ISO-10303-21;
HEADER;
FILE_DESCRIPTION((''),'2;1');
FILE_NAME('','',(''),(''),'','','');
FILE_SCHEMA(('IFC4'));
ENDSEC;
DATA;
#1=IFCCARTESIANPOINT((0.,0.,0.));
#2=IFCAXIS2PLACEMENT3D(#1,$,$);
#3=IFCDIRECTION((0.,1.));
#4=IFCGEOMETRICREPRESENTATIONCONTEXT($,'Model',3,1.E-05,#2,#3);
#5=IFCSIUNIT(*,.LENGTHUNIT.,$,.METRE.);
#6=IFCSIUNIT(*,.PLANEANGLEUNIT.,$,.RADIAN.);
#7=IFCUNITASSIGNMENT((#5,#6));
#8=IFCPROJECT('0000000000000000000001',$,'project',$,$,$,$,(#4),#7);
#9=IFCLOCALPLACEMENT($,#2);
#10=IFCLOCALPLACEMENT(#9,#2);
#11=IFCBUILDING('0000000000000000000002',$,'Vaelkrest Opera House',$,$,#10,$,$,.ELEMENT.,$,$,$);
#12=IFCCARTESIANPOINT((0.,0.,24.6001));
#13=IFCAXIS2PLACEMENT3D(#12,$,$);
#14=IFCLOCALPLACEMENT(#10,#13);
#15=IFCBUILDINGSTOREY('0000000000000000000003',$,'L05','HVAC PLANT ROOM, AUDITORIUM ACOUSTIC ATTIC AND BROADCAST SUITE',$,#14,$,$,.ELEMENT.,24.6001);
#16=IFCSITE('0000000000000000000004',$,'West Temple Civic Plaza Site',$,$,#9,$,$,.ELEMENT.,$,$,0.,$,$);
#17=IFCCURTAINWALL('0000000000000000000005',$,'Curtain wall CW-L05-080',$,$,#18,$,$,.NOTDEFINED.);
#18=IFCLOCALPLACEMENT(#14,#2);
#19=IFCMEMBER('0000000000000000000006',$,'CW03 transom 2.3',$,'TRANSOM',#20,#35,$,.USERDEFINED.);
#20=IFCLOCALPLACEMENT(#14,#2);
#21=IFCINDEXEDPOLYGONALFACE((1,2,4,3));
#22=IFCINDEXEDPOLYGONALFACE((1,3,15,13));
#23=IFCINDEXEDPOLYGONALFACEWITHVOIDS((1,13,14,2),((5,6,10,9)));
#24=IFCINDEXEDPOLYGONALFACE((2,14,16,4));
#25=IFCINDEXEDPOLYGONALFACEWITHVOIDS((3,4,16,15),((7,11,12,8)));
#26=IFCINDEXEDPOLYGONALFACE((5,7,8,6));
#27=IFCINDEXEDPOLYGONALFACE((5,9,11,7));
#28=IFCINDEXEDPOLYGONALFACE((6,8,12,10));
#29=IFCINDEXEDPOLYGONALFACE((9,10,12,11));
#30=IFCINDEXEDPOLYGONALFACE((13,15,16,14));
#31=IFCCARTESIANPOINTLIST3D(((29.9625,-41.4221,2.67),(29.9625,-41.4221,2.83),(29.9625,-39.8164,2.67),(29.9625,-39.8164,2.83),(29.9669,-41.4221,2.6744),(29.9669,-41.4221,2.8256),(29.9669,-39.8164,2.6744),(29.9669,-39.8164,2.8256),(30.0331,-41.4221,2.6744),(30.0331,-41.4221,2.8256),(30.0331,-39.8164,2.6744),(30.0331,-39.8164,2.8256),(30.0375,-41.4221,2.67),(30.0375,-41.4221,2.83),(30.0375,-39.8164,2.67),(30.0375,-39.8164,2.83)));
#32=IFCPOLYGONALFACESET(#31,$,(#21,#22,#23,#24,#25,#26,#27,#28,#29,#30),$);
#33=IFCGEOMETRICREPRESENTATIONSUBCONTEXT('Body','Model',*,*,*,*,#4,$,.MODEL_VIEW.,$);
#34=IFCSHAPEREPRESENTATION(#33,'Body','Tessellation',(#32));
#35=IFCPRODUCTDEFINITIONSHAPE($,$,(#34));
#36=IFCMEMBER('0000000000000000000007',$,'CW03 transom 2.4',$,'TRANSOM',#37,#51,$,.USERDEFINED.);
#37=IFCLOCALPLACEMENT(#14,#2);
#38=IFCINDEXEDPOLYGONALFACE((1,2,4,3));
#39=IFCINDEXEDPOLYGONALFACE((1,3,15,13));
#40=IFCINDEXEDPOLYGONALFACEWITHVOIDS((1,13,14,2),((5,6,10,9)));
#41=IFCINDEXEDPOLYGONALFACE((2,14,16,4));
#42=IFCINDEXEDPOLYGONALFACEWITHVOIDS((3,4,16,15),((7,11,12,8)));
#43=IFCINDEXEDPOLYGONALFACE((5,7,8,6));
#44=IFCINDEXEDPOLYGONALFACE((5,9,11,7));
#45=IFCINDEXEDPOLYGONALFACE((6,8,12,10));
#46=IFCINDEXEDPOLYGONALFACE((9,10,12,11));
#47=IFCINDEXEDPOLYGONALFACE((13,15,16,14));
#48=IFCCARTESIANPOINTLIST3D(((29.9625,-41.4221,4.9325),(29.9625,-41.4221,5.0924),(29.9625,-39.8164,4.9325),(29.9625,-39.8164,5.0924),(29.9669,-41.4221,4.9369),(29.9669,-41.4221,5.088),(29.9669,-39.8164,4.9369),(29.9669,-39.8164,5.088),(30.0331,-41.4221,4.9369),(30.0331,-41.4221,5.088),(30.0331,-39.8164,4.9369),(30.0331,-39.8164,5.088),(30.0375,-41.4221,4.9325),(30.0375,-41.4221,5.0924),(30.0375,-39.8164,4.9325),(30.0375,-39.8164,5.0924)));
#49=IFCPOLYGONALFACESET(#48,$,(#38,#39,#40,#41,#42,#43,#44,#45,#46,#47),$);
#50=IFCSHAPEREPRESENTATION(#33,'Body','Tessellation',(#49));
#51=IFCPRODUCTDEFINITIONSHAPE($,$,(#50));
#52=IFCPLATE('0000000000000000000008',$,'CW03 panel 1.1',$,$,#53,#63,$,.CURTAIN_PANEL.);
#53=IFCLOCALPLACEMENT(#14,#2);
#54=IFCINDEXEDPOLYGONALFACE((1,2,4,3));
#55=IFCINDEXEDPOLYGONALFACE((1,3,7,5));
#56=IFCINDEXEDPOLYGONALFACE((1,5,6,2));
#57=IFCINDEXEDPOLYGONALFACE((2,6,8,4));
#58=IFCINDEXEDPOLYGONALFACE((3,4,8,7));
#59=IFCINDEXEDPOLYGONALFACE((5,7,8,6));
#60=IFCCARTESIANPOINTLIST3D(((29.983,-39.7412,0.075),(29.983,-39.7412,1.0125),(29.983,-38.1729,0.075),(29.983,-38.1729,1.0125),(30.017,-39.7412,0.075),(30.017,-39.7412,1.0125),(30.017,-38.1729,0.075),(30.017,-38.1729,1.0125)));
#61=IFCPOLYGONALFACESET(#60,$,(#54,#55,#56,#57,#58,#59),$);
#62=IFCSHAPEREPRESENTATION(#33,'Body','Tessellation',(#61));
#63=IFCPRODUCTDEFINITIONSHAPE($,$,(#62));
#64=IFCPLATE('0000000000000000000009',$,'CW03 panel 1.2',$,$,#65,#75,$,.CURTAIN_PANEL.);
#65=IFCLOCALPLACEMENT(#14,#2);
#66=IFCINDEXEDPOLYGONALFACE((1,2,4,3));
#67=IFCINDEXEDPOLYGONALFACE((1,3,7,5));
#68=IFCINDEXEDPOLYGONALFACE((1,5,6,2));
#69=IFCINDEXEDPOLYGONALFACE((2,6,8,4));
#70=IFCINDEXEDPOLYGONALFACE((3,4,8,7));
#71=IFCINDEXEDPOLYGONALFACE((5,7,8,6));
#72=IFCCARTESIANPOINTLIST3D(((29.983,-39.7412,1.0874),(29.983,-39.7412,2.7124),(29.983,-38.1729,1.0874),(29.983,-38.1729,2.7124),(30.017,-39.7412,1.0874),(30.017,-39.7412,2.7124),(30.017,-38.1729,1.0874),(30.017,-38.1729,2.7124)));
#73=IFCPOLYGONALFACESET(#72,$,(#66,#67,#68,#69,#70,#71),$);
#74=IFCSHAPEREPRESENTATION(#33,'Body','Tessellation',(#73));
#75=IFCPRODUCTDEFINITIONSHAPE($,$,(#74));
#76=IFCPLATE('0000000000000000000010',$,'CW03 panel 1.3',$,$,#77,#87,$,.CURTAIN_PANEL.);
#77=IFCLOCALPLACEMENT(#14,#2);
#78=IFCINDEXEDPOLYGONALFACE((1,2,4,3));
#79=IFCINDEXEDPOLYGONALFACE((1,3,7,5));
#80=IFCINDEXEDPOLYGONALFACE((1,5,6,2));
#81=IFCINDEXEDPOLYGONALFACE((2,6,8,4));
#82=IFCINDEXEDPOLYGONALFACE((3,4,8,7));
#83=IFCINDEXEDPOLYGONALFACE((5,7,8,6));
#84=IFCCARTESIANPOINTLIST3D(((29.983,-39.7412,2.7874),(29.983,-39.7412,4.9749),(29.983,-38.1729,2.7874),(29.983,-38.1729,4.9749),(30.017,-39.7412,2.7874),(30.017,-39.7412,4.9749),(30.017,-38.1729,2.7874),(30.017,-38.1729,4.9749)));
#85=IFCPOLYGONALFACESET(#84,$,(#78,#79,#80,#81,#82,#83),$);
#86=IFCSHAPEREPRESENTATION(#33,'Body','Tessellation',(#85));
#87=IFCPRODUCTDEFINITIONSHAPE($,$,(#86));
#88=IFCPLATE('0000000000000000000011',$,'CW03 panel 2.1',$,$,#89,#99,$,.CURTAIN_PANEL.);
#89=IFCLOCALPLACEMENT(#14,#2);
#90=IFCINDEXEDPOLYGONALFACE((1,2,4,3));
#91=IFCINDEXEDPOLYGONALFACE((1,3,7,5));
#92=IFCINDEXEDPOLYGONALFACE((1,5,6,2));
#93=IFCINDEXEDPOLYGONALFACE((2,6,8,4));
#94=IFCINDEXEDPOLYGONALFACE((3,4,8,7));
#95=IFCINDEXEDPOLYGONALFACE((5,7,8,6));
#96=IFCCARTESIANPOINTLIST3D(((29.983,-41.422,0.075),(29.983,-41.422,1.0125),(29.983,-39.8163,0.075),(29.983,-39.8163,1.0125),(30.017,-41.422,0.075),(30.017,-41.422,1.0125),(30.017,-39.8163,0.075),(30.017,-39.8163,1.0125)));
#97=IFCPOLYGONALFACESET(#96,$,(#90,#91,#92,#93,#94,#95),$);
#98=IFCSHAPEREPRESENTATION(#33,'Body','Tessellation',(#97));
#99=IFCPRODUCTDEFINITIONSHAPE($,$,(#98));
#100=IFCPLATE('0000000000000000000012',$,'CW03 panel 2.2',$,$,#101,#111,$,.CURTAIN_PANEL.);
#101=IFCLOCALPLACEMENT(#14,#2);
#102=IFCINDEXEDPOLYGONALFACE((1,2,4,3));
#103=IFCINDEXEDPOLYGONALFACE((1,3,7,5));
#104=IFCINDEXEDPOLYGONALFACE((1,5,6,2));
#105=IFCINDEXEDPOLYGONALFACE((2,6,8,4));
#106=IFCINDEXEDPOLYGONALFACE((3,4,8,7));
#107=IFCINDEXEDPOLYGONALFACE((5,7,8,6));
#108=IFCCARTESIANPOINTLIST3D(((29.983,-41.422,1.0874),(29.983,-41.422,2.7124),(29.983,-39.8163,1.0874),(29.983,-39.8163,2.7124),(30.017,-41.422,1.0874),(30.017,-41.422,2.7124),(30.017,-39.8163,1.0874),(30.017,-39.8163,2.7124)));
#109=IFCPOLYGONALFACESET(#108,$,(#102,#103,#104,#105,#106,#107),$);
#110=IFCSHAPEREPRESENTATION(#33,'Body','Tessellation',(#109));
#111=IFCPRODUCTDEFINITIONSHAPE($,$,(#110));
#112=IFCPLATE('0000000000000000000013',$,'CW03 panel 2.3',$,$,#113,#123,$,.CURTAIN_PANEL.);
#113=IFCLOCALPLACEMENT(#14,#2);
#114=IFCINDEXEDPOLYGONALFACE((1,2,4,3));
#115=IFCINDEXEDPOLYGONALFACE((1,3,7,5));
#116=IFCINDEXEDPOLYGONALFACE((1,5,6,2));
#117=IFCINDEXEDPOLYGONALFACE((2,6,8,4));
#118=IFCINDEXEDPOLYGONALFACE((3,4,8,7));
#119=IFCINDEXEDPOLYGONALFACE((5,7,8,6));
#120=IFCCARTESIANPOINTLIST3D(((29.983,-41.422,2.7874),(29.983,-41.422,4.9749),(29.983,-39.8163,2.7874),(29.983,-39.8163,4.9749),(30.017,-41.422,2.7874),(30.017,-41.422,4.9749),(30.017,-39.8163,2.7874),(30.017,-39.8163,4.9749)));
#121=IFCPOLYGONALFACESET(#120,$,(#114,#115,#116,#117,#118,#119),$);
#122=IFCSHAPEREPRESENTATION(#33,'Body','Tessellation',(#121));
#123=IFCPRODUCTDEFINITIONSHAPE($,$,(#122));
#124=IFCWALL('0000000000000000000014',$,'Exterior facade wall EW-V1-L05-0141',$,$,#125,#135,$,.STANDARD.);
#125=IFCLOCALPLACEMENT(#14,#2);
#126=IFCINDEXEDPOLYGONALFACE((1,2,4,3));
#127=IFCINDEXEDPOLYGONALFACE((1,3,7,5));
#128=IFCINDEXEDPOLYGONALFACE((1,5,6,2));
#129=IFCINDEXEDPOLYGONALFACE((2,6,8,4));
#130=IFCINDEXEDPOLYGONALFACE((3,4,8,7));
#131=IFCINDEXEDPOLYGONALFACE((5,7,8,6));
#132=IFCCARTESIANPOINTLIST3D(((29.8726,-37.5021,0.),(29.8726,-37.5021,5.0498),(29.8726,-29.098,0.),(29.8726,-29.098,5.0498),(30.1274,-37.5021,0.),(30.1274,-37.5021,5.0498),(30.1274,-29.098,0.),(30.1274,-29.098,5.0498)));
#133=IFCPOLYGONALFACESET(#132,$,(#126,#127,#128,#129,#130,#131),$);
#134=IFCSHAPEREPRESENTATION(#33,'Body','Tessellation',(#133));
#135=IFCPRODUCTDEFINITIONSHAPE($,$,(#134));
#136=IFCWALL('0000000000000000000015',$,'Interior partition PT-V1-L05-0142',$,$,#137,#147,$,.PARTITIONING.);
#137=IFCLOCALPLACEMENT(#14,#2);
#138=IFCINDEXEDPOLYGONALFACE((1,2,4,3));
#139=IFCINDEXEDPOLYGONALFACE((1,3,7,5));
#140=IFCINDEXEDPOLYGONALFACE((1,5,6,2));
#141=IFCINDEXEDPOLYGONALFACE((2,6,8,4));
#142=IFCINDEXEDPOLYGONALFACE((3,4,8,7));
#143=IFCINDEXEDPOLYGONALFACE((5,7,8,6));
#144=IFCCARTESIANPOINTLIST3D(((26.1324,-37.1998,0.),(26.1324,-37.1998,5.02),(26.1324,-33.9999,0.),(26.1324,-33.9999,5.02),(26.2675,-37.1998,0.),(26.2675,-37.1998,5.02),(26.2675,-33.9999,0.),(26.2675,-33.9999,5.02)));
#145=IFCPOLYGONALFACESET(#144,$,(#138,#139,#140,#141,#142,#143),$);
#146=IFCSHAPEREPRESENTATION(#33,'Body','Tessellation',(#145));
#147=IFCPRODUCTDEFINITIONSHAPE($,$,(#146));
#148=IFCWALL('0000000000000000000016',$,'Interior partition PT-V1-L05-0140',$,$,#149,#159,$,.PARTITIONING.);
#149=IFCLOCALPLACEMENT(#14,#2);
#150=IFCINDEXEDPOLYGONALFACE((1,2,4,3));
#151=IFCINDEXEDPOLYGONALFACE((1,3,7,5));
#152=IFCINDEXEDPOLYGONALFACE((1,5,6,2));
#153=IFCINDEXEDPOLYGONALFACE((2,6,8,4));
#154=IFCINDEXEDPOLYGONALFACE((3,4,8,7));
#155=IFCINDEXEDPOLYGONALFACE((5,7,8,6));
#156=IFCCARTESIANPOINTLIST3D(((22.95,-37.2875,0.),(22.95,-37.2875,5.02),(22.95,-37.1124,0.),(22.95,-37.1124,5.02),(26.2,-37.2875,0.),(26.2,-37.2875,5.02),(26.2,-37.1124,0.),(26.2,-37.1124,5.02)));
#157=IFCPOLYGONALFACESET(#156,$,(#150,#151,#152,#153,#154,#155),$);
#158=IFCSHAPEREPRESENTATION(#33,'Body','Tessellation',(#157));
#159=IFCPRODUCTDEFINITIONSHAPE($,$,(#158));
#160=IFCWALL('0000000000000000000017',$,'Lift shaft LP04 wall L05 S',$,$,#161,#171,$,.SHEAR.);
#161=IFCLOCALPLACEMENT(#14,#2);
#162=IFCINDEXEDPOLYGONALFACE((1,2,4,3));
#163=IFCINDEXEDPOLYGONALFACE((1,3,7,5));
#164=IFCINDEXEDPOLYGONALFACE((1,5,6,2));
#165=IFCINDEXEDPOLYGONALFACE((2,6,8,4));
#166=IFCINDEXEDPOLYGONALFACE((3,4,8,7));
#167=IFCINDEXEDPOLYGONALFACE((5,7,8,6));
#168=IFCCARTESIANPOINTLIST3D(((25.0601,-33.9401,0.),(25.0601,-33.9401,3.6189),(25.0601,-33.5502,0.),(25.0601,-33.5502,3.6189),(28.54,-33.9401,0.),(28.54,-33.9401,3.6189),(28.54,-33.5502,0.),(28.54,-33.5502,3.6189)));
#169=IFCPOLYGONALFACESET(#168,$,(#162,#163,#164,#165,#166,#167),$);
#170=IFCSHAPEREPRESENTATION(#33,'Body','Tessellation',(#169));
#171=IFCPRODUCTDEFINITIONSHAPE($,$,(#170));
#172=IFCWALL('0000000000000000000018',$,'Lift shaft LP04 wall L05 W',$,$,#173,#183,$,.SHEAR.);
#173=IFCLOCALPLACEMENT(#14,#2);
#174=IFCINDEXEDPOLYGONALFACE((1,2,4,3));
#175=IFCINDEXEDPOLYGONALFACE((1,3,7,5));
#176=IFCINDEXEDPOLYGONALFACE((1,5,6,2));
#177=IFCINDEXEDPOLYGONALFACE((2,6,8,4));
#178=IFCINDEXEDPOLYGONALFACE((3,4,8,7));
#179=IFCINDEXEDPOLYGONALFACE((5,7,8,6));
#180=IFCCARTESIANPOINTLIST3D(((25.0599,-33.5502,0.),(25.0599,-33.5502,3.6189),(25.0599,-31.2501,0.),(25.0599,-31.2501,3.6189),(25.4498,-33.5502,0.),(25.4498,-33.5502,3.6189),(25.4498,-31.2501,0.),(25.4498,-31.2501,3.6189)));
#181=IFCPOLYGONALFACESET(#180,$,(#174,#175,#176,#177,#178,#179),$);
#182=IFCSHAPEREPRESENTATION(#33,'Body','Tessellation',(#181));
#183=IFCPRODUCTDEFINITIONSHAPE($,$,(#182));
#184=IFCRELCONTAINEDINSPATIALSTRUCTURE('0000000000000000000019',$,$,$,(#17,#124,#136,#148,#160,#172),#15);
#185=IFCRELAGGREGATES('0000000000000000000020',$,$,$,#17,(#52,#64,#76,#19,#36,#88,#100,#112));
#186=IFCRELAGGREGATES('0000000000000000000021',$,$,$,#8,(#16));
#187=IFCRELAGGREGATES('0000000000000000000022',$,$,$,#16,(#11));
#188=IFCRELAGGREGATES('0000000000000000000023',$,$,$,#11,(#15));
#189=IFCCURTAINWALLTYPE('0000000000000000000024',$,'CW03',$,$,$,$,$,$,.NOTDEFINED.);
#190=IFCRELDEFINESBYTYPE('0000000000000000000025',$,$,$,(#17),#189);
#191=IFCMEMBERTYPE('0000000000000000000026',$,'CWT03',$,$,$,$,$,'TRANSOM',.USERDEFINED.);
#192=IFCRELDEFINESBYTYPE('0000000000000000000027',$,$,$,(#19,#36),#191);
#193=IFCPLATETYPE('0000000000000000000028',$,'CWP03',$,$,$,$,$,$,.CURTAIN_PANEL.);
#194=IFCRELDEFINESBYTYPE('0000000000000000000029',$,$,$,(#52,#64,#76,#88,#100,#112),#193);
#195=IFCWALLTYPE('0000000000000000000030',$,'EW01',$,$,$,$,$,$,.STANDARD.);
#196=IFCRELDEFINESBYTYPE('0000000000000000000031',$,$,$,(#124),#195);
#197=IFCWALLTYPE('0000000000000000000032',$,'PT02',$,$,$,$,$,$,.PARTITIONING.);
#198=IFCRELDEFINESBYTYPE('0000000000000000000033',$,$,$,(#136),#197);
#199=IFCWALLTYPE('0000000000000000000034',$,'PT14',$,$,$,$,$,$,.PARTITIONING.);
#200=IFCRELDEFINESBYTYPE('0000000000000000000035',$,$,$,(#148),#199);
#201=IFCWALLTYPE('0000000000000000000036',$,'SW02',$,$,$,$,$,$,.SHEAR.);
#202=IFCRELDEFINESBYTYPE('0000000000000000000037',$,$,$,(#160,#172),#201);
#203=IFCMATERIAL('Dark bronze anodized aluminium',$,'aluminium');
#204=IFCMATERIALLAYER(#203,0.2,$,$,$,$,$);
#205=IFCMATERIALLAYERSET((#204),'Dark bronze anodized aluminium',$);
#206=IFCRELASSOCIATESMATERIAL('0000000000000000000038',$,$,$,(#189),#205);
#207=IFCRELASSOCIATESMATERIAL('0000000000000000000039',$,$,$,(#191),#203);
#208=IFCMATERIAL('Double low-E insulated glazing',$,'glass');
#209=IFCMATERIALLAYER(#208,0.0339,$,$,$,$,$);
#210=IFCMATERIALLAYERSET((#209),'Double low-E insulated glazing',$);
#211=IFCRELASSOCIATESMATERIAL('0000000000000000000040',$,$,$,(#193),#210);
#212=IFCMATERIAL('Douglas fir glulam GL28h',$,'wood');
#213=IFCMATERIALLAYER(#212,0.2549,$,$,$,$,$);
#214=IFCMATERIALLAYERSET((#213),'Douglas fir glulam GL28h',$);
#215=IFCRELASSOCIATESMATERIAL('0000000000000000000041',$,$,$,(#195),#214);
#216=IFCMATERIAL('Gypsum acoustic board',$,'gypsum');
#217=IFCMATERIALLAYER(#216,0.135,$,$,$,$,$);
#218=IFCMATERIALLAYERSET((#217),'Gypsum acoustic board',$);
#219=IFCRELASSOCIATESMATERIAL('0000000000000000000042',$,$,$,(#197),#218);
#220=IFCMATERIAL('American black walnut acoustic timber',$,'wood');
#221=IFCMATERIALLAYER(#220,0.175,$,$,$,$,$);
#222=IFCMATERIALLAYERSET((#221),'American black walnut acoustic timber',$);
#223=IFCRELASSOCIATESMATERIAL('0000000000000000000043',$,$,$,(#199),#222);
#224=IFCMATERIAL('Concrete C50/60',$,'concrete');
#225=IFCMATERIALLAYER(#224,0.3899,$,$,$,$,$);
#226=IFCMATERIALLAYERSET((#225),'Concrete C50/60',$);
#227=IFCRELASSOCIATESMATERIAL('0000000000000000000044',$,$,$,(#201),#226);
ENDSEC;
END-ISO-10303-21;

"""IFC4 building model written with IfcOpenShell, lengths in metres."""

from ifc_helpers import new_model, si_unit, direction, frame, frame_2d, origin, origin_2d, place, context, subcontext, project, spatial, rectangle, hollow_rectangle, extrude, material, layer, layer_set, material_profile, profile_set, type_object, element, aggregate, save


model = new_model("IFC4")

# Units and contexts
model_context = context("Model", 3, precision=1e-05, world=origin(), true_north=direction((0.0, 1.0)))
body_context = subcontext(model_context, "Body", "Model", "MODEL_VIEW")
ifc_project = project(units=[si_unit("LENGTHUNIT", "METRE"), si_unit("PLANEANGLEUNIT", "RADIAN")], contexts=[model_context])

# Site, building, storey
site_placement = place(None, origin())
site = spatial("IfcSite", under=ifc_project, at=site_placement, Name="West Temple Civic Plaza Site", CompositionType="ELEMENT", RefElevation=0.0)
building_placement = place(site_placement, origin())
building = spatial("IfcBuilding", under=site, at=building_placement, Name="Vaelkrest Opera House", CompositionType="ELEMENT")
storey_placement = place(building_placement, frame((0.0, 0.0, 24.6001)))
storey = spatial("IfcBuildingStorey", under=building, at=storey_placement, Name="L05", Description="HVAC PLANT ROOM, AUDITORIUM ACOUSTIC ATTIC AND BROADCAST SUITE", CompositionType="ELEMENT", Elevation=24.6001)

# Shared definitions
ifc_material_1 = material(Name="Concrete C50/60", Category="concrete")

# Curtain wall, members, plates
ifc_material_2 = material(Name="Dark bronze anodized aluminium", Category="aluminium")
ifc_layer_1 = layer(ifc_material_2, 0.2)
ifc_layer_set_1 = layer_set([ifc_layer_1], Name="Dark bronze anodized aluminium")
curtain_wall_type = type_object("IfcCurtainWallType", Name="CW03", PredefinedType="NOTDEFINED", material=ifc_layer_set_1)
curtain_wall_placement = place(storey_placement, origin())
curtain_wall = element("IfcCurtainWall", 1, at=curtain_wall_placement, inside=storey, type_object=curtain_wall_type, Name="Curtain wall CW-L05-080", PredefinedType="NOTDEFINED")
ifc_material_profile_1 = material_profile(ifc_material_2, hollow_rectangle(XDim=0.075, YDim=0.1599, WallThickness=0.0044, at=origin_2d()), Name="CWT75X160")
ifc_profile_set_1 = profile_set([ifc_material_profile_1], Name="Dark bronze anodized aluminium")
member_type_1 = type_object("IfcMemberType", Name="CWT03", ElementType="TRANSOM", PredefinedType="USERDEFINED", material=ifc_profile_set_1)
member_1_placement = place(storey_placement, frame((30.0, -39.8164, 2.75), z_axis=(0.0, -1.0, 0.0), x_axis=(1.0, 0.0, 0.0)))
member_1 = element("IfcMember", 2, at=member_1_placement, type_object=member_type_1, Name="CW03 transom 2.3", ObjectType="TRANSOM", PredefinedType="USERDEFINED", context=body_context, shape_type="SweptSolid", body=[
    extrude(hollow_rectangle(XDim=0.075, YDim=0.1599, WallThickness=0.0044, at=origin_2d()), origin(), (0.0, 0.0, 1.0), 1.6057),
])
member_2_placement = place(storey_placement, frame((30.0, -39.8164, 5.0125), z_axis=(0.0, -1.0, 0.0), x_axis=(1.0, 0.0, 0.0)))
member_2 = element("IfcMember", 3, at=member_2_placement, type_object=member_type_1, Name="CW03 transom 2.4", ObjectType="TRANSOM", PredefinedType="USERDEFINED", context=body_context, shape_type="SweptSolid", body=[
    extrude(hollow_rectangle(XDim=0.075, YDim=0.1599, WallThickness=0.0044, at=origin_2d()), origin(), (0.0, 0.0, 1.0), 1.6057),
])
ifc_material_3 = material(Name="Double low-E insulated glazing", Category="glass")
ifc_layer_2 = layer(ifc_material_3, 0.0339)
ifc_layer_set_2 = layer_set([ifc_layer_2], Name="Double low-E insulated glazing")
plate_type = type_object("IfcPlateType", Name="CWP03", PredefinedType="CURTAIN_PANEL", material=ifc_layer_set_2)
plate_1_placement = place(storey_placement, frame((30.0, -38.957, 0.075), z_axis=(0.0, 0.0, 1.0), x_axis=(0.0, -1.0, 0.0)))
plate_1 = element("IfcPlate", 4, at=plate_1_placement, type_object=plate_type, Name="CW03 panel 1.1", PredefinedType="CURTAIN_PANEL", context=body_context, shape_type="SweptSolid", body=[
    extrude(rectangle(XDim=1.5684, YDim=0.0339, at=origin_2d()), origin(), (0.0, 0.0, 1.0), 0.9375),
])
plate_2_placement = place(storey_placement, frame((30.0, -38.957, 1.0874), z_axis=(0.0, 0.0, 1.0), x_axis=(0.0, -1.0, 0.0)))
plate_2 = element("IfcPlate", 5, at=plate_2_placement, type_object=plate_type, Name="CW03 panel 1.2", PredefinedType="CURTAIN_PANEL", context=body_context, shape_type="SweptSolid", body=[
    extrude(rectangle(XDim=1.5684, YDim=0.0339, at=origin_2d()), origin(), (0.0, 0.0, 1.0), 1.625),
])
plate_3_placement = place(storey_placement, frame((30.0, -38.957, 2.7874), z_axis=(0.0, 0.0, 1.0), x_axis=(0.0, -1.0, 0.0)))
plate_3 = element("IfcPlate", 6, at=plate_3_placement, type_object=plate_type, Name="CW03 panel 1.3", PredefinedType="CURTAIN_PANEL", context=body_context, shape_type="SweptSolid", body=[
    extrude(rectangle(XDim=1.5684, YDim=0.0339, at=origin_2d()), origin(), (0.0, 0.0, 1.0), 2.1875),
])
plate_4_placement = place(storey_placement, frame((30.0, -40.6191, 0.075), z_axis=(0.0, 0.0, 1.0), x_axis=(0.0, -1.0, 0.0)))
plate_4 = element("IfcPlate", 7, at=plate_4_placement, type_object=plate_type, Name="CW03 panel 2.1", PredefinedType="CURTAIN_PANEL", context=body_context, shape_type="SweptSolid", body=[
    extrude(rectangle(XDim=1.6057, YDim=0.0339, at=origin_2d()), origin(), (0.0, 0.0, 1.0), 0.9375),
])
plate_5_placement = place(storey_placement, frame((30.0, -40.6191, 1.0874), z_axis=(0.0, 0.0, 1.0), x_axis=(0.0, -1.0, 0.0)))
plate_5 = element("IfcPlate", 8, at=plate_5_placement, type_object=plate_type, Name="CW03 panel 2.2", PredefinedType="CURTAIN_PANEL", context=body_context, shape_type="SweptSolid", body=[
    extrude(rectangle(XDim=1.6057, YDim=0.0339, at=origin_2d()), origin(), (0.0, 0.0, 1.0), 1.625),
])
plate_6_placement = place(storey_placement, frame((30.0, -40.6191, 2.7874), z_axis=(0.0, 0.0, 1.0), x_axis=(0.0, -1.0, 0.0)))
plate_6 = element("IfcPlate", 9, at=plate_6_placement, type_object=plate_type, Name="CW03 panel 2.3", PredefinedType="CURTAIN_PANEL", context=body_context, shape_type="SweptSolid", body=[
    extrude(rectangle(XDim=1.6057, YDim=0.0339, at=origin_2d()), origin(), (0.0, 0.0, 1.0), 2.1875),
])
aggregate(curtain_wall, [plate_1, plate_2, plate_3, member_1, member_2, plate_4, plate_5, plate_6])

# Walls
ifc_material_4 = material(Name="Douglas fir glulam GL28h", Category="wood")
ifc_layer_3 = layer(ifc_material_4, 0.2549)
ifc_layer_set_3 = layer_set([ifc_layer_3], Name="Douglas fir glulam GL28h")
wall_type_1 = type_object("IfcWallType", Name="EW01", PredefinedType="STANDARD", material=ifc_layer_set_3)
wall_1_placement = place(storey_placement, frame((30.0, -29.0979, 0.0), z_axis=(0.0, 0.0, 1.0), x_axis=(0.0, -1.0, 0.0)))
element("IfcWall", 10, at=wall_1_placement, inside=storey, type_object=wall_type_1, Name="Exterior facade wall EW-V1-L05-0141", PredefinedType="STANDARD", context=body_context, shape_type="SweptSolid", body=[
    extrude(rectangle(XDim=8.4041, YDim=0.2549, at=frame_2d((4.2021, 0.0))), origin(), (0.0, 0.0, 1.0), 5.0498),
])
ifc_material_5 = material(Name="Gypsum acoustic board", Category="gypsum")
ifc_layer_4 = layer(ifc_material_5, 0.135)
ifc_layer_set_4 = layer_set([ifc_layer_4], Name="Gypsum acoustic board")
wall_type_2 = type_object("IfcWallType", Name="PT02", PredefinedType="PARTITIONING", material=ifc_layer_set_4)
wall_2_placement = place(storey_placement, frame((26.2, -37.2, 0.0), z_axis=(0.0, 0.0, 1.0), x_axis=(0.0, 1.0, 0.0)))
element("IfcWall", 11, at=wall_2_placement, inside=storey, type_object=wall_type_2, Name="Interior partition PT-V1-L05-0142", PredefinedType="PARTITIONING", context=body_context, shape_type="SweptSolid", body=[
    extrude(rectangle(XDim=3.2, YDim=0.135, at=frame_2d((1.6001, 0.0))), origin(), (0.0, 0.0, 1.0), 5.02),
])
ifc_material_6 = material(Name="American black walnut acoustic timber", Category="wood")
ifc_layer_5 = layer(ifc_material_6, 0.175)
ifc_layer_set_5 = layer_set([ifc_layer_5], Name="American black walnut acoustic timber")
wall_type_3 = type_object("IfcWallType", Name="PT14", PredefinedType="PARTITIONING", material=ifc_layer_set_5)
wall_3_placement = place(storey_placement, frame((22.95, -37.2, 0.0), z_axis=(0.0, 0.0, 1.0), x_axis=(1.0, 0.0, 0.0)))
element("IfcWall", 12, at=wall_3_placement, inside=storey, type_object=wall_type_3, Name="Interior partition PT-V1-L05-0140", PredefinedType="PARTITIONING", context=body_context, shape_type="SweptSolid", body=[
    extrude(rectangle(XDim=3.25, YDim=0.175, at=frame_2d((1.625, 0.0))), origin(), (0.0, 0.0, 1.0), 5.02),
])
ifc_layer_6 = layer(ifc_material_1, 0.3899)
ifc_layer_set_6 = layer_set([ifc_layer_6], Name="Concrete C50/60")
wall_type_4 = type_object("IfcWallType", Name="SW02", PredefinedType="SHEAR", material=ifc_layer_set_6)
wall_4_placement = place(storey_placement, frame((28.54, -33.7451, 0.0), z_axis=(0.0, 0.0, 1.0), x_axis=(-1.0, 0.0, 0.0)))
element("IfcWall", 13, at=wall_4_placement, inside=storey, type_object=wall_type_4, Name="Lift shaft LP04 wall L05 S", PredefinedType="SHEAR", context=body_context, shape_type="SweptSolid", body=[
    extrude(rectangle(XDim=3.48, YDim=0.3899, at=frame_2d((1.74, 0.0))), origin(), (0.0, 0.0, 1.0), 3.6189),
])

# Wall
for number, where, z_axis, x_axis, name in (
    (14, (25.2549, -33.55, 0.0), (0.0, 0.0, 1.0), (0.0, 1.0, 0.0), "Lift shaft LP04 wall L05 W"),
):
    element("IfcWall", number, at=place(storey_placement, frame(where, z_axis=z_axis, x_axis=x_axis)), inside=storey, type_object=wall_type_4, Name=name, PredefinedType="SHEAR", context=body_context, shape_type="SweptSolid", body=[
        extrude(rectangle(XDim=2.3, YDim=0.3899, at=frame_2d((1.1499, 0.0))), origin(), (0.0, 0.0, 1.0), 3.6189),
    ])

save(model, "model.ifc")
